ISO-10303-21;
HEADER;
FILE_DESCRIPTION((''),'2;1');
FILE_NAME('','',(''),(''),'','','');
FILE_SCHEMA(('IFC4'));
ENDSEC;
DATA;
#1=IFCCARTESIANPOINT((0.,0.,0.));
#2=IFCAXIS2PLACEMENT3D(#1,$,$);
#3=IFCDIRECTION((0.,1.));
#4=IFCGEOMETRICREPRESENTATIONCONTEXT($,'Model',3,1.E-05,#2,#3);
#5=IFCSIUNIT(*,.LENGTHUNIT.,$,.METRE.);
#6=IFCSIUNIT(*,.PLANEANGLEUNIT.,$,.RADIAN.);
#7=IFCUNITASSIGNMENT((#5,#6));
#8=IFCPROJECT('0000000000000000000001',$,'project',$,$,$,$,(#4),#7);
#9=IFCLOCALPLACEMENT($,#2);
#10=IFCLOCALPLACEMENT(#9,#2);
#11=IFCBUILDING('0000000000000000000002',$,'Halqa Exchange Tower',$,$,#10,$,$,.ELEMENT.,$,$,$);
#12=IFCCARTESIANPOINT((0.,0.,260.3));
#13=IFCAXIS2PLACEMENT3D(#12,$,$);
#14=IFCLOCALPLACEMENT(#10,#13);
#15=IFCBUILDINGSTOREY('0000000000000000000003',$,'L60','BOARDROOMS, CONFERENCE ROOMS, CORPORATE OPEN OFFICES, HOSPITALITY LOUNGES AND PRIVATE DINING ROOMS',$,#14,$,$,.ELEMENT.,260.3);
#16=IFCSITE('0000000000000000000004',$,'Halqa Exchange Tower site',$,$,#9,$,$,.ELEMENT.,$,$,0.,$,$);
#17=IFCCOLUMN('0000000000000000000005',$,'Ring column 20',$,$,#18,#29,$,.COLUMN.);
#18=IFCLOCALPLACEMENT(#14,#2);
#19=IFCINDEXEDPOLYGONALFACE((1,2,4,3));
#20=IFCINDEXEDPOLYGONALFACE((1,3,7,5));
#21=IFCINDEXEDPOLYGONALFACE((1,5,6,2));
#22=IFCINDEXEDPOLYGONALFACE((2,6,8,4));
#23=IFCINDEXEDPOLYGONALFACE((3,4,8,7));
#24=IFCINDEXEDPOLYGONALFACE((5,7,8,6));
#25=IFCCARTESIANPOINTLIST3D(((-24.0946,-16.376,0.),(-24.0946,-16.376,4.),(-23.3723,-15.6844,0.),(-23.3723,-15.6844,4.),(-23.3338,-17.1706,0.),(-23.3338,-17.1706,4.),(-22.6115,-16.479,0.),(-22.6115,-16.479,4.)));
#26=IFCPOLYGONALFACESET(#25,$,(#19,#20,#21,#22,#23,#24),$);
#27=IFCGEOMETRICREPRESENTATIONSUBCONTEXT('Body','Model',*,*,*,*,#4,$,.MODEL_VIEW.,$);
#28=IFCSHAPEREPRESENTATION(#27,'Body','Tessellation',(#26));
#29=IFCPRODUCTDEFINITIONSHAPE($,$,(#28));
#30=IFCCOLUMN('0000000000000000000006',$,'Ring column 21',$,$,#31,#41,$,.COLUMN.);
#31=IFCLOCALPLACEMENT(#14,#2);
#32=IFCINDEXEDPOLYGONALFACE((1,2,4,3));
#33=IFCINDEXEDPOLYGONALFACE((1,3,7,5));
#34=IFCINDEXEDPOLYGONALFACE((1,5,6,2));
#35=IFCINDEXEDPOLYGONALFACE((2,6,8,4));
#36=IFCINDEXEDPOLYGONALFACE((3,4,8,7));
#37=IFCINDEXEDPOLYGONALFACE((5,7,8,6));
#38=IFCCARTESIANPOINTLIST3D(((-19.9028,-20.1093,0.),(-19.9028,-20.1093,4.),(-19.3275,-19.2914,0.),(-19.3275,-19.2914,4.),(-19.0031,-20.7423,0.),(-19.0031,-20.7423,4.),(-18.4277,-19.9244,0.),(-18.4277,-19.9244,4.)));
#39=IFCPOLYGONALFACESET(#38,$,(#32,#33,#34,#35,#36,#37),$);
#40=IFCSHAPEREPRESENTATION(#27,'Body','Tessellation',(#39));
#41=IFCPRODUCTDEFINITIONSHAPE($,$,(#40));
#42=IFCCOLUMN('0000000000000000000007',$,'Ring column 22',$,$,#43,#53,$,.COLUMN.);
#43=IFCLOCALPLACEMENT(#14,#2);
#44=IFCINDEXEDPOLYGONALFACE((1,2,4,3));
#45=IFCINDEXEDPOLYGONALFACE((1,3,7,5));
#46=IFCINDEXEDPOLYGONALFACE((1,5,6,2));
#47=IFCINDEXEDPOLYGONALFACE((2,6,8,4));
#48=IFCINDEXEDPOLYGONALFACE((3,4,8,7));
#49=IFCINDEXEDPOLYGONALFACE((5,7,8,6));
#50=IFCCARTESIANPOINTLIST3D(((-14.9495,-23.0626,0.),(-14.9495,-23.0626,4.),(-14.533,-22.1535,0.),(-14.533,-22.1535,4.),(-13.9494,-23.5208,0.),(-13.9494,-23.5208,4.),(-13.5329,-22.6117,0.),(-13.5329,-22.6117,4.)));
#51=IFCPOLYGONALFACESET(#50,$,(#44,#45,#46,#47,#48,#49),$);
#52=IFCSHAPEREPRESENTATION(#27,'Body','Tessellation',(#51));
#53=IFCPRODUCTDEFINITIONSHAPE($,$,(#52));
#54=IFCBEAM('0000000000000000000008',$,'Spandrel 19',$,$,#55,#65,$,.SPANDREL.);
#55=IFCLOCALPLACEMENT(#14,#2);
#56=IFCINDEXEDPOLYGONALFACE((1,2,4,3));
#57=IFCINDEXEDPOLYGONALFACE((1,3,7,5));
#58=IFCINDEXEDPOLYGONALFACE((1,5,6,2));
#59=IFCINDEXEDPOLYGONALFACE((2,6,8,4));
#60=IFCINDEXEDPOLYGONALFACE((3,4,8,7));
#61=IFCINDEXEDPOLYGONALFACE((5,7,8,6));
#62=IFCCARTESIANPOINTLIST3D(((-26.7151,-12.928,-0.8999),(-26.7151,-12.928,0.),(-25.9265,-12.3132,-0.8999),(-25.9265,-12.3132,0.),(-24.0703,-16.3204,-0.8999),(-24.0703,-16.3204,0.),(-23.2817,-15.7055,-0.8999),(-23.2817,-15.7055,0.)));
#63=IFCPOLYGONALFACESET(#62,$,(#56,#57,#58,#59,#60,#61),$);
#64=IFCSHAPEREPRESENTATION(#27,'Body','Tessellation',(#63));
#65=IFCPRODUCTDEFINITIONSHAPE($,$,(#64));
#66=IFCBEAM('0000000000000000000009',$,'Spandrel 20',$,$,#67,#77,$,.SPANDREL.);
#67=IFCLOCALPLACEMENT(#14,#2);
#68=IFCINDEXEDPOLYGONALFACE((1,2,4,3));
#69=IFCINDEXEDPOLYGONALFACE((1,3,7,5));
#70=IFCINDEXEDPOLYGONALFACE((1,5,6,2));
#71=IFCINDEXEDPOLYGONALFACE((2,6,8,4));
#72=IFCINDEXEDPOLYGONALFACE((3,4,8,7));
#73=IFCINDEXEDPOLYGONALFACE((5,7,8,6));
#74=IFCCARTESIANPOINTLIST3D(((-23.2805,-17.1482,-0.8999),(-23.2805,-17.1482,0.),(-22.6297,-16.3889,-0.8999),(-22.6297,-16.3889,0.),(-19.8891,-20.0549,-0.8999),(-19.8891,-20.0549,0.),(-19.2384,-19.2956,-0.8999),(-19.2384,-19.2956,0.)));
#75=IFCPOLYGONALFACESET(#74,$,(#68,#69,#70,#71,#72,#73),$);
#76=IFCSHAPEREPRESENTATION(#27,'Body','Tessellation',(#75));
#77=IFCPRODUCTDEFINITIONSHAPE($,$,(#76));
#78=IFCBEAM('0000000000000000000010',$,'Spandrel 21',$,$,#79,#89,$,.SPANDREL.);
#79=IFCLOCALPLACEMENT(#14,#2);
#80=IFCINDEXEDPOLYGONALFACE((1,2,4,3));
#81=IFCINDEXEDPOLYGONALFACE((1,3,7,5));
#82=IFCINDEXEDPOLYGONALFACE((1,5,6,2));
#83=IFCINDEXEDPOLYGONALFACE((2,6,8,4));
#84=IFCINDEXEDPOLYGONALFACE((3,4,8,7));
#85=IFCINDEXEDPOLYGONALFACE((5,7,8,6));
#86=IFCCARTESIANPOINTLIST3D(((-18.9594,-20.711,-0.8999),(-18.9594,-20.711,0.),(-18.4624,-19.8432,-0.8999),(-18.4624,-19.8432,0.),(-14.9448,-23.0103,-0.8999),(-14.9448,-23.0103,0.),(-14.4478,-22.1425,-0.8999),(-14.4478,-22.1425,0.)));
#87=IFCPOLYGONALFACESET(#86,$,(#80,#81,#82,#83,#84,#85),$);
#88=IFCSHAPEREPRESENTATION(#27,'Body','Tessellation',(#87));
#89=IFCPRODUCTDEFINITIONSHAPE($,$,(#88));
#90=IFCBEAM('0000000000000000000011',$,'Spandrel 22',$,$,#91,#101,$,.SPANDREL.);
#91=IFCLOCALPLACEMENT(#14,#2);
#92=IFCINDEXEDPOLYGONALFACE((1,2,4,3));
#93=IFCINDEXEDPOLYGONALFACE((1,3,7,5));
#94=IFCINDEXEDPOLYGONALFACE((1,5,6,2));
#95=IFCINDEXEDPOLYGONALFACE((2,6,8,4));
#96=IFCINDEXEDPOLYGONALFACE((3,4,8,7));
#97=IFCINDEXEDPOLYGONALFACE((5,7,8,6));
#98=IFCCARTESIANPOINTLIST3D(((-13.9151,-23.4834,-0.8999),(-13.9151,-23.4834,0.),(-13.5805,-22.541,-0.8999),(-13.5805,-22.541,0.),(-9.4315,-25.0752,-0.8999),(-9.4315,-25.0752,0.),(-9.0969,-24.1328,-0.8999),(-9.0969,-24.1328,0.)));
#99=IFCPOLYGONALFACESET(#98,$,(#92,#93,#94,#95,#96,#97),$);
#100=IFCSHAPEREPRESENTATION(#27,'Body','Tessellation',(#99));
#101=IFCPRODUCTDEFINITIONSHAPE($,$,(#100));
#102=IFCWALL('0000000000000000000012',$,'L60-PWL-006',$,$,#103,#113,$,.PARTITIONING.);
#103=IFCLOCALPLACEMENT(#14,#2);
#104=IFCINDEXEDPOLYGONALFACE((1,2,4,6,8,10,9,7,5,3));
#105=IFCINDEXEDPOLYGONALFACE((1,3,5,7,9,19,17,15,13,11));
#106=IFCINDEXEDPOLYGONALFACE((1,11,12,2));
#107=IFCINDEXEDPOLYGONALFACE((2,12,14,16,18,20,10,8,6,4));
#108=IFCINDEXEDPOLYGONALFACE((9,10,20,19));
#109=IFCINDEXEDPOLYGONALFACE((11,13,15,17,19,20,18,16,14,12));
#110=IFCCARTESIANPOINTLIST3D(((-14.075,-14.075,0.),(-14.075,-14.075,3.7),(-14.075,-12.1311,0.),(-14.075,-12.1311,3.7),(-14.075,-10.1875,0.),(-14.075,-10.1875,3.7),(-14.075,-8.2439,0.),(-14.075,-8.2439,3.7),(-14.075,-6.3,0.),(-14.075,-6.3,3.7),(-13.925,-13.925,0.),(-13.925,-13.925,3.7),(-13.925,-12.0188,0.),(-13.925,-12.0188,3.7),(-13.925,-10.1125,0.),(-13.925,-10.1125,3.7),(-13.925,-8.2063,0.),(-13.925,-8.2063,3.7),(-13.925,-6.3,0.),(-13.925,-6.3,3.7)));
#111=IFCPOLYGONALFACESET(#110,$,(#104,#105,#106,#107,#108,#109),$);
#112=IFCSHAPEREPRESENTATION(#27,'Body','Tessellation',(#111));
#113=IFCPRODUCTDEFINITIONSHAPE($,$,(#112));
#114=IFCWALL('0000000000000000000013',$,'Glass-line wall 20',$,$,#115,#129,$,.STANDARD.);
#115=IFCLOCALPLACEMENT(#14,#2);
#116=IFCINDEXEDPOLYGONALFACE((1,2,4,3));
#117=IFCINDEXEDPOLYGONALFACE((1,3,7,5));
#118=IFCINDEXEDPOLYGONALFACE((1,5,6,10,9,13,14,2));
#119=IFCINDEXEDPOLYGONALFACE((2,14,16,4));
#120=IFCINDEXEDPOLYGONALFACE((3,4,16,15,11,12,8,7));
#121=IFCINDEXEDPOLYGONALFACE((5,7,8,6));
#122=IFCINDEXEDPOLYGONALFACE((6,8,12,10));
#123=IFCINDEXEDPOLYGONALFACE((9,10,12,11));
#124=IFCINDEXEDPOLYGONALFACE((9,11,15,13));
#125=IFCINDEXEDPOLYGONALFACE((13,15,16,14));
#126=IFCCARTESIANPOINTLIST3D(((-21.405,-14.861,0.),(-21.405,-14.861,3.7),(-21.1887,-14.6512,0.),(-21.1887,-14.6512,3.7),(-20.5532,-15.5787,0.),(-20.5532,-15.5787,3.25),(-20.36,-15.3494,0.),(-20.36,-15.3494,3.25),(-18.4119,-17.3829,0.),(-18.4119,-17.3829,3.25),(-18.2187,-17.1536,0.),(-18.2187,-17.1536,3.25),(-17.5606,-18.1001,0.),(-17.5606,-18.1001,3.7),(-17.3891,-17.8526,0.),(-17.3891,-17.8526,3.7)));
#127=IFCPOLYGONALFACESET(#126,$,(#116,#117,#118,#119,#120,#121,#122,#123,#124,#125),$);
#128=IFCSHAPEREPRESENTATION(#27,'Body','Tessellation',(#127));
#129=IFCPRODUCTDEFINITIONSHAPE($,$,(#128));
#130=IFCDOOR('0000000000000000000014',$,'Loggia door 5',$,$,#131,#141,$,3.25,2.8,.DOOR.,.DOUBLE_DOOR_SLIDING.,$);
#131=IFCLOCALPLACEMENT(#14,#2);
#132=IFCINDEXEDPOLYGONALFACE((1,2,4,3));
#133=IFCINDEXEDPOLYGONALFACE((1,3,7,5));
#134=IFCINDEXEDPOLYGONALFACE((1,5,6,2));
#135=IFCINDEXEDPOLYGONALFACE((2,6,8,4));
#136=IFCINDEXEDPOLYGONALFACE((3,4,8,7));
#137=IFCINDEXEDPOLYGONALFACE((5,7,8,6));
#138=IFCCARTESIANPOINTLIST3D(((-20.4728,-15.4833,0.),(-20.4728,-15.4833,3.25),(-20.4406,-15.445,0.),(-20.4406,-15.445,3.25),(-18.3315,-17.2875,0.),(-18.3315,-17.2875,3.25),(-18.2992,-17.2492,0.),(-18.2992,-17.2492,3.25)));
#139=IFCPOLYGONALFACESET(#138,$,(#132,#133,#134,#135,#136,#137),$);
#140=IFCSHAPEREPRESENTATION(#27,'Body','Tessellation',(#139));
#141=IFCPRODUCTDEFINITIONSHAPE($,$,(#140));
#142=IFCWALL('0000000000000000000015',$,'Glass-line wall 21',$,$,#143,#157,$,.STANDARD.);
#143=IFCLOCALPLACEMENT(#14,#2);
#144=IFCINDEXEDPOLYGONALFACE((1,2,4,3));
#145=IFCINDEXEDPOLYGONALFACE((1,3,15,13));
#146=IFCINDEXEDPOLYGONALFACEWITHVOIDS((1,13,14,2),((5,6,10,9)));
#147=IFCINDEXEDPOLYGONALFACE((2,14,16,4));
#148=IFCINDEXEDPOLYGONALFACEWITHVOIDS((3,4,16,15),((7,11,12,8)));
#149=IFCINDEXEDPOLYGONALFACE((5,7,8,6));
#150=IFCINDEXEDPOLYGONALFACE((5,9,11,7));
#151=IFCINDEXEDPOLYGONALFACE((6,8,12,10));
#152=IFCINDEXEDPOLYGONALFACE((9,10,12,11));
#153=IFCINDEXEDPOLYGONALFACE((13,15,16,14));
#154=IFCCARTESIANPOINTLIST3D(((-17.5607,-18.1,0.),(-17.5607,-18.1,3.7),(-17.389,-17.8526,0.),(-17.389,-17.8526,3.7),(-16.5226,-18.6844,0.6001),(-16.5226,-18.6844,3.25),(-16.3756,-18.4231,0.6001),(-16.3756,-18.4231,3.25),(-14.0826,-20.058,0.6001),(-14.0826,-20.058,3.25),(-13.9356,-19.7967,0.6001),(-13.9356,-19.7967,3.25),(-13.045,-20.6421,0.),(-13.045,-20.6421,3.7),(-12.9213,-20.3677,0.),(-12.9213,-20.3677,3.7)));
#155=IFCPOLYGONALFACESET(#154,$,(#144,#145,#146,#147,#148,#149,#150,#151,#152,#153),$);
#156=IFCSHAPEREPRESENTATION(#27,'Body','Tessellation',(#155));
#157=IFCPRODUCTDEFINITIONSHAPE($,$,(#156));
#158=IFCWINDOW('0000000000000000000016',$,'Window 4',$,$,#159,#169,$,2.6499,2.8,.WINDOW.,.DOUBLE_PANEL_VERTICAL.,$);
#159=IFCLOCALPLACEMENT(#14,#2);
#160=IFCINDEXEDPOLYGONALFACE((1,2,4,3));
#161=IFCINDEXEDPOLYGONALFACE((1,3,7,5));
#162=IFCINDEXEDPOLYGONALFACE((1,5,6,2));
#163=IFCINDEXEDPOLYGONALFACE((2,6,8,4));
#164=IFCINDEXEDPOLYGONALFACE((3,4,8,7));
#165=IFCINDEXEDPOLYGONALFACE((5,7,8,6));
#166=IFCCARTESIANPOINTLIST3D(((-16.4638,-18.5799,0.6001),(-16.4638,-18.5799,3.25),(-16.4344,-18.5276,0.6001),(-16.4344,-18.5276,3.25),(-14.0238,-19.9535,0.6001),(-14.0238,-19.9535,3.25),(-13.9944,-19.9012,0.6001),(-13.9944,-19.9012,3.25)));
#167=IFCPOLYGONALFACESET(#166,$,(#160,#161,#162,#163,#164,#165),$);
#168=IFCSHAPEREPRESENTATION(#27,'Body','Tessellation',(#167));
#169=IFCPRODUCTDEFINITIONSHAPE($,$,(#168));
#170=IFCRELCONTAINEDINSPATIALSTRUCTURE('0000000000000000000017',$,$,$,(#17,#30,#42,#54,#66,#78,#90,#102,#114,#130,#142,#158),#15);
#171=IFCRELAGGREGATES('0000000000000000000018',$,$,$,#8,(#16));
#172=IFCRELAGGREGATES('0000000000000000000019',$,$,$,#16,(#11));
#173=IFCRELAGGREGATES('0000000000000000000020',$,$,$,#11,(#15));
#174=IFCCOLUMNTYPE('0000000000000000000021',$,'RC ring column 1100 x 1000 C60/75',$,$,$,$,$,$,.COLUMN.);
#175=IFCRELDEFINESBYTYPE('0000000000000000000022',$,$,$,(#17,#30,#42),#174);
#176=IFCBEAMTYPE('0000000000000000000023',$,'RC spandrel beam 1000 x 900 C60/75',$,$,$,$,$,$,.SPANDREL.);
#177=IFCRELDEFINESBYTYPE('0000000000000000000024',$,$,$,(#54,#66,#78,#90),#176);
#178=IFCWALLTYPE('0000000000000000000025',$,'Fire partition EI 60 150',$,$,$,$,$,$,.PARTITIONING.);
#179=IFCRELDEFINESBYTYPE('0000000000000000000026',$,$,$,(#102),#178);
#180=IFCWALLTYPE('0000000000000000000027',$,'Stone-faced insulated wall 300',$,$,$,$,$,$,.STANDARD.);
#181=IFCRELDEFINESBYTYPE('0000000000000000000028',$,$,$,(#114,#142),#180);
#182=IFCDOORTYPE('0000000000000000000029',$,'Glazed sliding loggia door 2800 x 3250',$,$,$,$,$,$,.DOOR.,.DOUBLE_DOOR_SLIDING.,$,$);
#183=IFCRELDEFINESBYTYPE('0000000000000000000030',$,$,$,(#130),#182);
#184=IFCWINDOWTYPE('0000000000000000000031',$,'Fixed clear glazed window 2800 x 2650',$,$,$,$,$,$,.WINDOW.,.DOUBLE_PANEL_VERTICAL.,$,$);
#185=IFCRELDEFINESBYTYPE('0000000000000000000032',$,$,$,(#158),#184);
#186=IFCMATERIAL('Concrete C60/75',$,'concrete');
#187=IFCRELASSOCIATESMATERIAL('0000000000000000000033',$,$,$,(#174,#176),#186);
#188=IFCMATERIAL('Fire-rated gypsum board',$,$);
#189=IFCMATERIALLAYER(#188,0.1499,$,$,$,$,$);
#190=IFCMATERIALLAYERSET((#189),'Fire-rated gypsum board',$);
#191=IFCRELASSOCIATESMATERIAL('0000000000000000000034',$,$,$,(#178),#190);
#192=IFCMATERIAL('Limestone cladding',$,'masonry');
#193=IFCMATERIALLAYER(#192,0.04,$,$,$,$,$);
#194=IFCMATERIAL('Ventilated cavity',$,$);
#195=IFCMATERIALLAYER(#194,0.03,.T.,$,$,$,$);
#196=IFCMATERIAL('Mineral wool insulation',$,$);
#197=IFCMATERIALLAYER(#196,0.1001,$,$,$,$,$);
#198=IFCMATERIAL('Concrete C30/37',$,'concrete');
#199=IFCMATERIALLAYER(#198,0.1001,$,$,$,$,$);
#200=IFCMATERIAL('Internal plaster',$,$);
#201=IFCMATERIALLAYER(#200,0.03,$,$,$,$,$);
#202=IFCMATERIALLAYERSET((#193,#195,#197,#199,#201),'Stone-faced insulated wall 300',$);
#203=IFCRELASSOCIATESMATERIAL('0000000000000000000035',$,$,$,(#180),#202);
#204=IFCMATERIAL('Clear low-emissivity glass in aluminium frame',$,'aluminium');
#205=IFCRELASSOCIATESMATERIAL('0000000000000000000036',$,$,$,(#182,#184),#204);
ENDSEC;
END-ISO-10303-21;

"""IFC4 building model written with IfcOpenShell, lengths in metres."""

from ifc_helpers import new_model, si_unit, direction, frame, frame_2d, origin, origin_2d, place, context, subcontext, project, spatial, polyline, rectangle, outline, extrude, material, layer, layer_set, material_profile, profile_set, type_object, element, fill, save


model = new_model("IFC4")

# Units and contexts
model_context = context("Model", 3, precision=1e-05, world=origin(), true_north=direction((0.0, 1.0)))
body_context = subcontext(model_context, "Body", "Model", "MODEL_VIEW")
ifc_project = project(units=[si_unit("LENGTHUNIT", "METRE"), si_unit("PLANEANGLEUNIT", "RADIAN")], contexts=[model_context])

# Site, building, storey
site_placement = place(None, origin())
site = spatial("IfcSite", under=ifc_project, at=site_placement, Name="Halqa Exchange Tower site", CompositionType="ELEMENT", RefElevation=0.0)
building_placement = place(site_placement, origin())
building = spatial("IfcBuilding", under=site, at=building_placement, Name="Halqa Exchange Tower", CompositionType="ELEMENT")
storey_placement = place(building_placement, frame((0.0, 0.0, 260.3)))
storey = spatial("IfcBuildingStorey", under=building, at=storey_placement, Name="L60", Description="BOARDROOMS, CONFERENCE ROOMS, CORPORATE OPEN OFFICES, HOSPITALITY LOUNGES AND PRIVATE DINING ROOMS", CompositionType="ELEMENT", Elevation=260.3)

# Columns
ifc_material_1 = material(Name="Concrete C60/75", Category="concrete")
ifc_material_profile_1 = material_profile(ifc_material_1, rectangle(XDim=1.1001, YDim=1.0, at=origin_2d()), Name="1100 x 1000")
ifc_profile_set_1 = profile_set([ifc_material_profile_1], Name="Concrete C60/75")
column_type = type_object("IfcColumnType", Name="RC ring column 1100 x 1000 C60/75", PredefinedType="COLUMN", material=ifc_profile_set_1)
for number, where, z_axis, x_axis, name in (
    (1, (-23.353, -16.4275, 0.0), (0.0, 0.0, 1.0), (0.691579, -0.722301, 0.0), "Ring column 20"),
    (2, (-19.1653, -20.0168, 0.0), (0.0, 0.0, 1.0), (0.817907, -0.575351, 0.0), "Ring column 21"),
    (3, (-14.2412, -22.8372, 0.0), (0.0, 0.0, 1.0), (0.909128, -0.416517, 0.0), "Ring column 22"),
):
    element("IfcColumn", number, at=place(storey_placement, frame(where, z_axis=z_axis, x_axis=x_axis)), inside=storey, type_object=column_type, Name=name, PredefinedType="COLUMN", context=body_context, shape_type="SweptSolid", body=[
        extrude(rectangle(XDim=1.1001, YDim=1.0, at=origin_2d()), origin(), (0.0, 0.0, 1.0), 4.0),
    ])

# Beams
ifc_material_profile_2 = material_profile(ifc_material_1, rectangle(XDim=1.0, YDim=0.8999, at=origin_2d()), Name="1000 x 900")
ifc_profile_set_2 = profile_set([ifc_material_profile_2], Name="Concrete C60/75")
beam_type = type_object("IfcBeamType", Name="RC spandrel beam 1000 x 900 C60/75", PredefinedType="SPANDREL", material=ifc_profile_set_2)
beam_1_placement = place(storey_placement, frame((-26.3208, -12.6206, -0.45), z_axis=(0.614852, -0.788643, 0.0), x_axis=(0.788643, 0.614852, 0.0)))
element("IfcBeam", 4, at=beam_1_placement, inside=storey, type_object=beam_type, Name="Spandrel 19", PredefinedType="SPANDREL", context=body_context, shape_type="SweptSolid", body=[
    extrude(rectangle(XDim=1.0, YDim=0.8999, at=origin_2d()), origin(), (0.0, 0.0, 1.0), 4.3015),
])
beam_2_placement = place(storey_placement, frame((-22.9551, -16.7686, -0.45), z_axis=(0.759272, -0.650773, 0.0), x_axis=(0.650773, 0.759272, 0.0)))
element("IfcBeam", 5, at=beam_2_placement, inside=storey, type_object=beam_type, Name="Spandrel 20", PredefinedType="SPANDREL", context=body_context, shape_type="SweptSolid", body=[
    extrude(rectangle(XDim=1.0, YDim=0.8999, at=origin_2d()), origin(), (0.0, 0.0, 1.0), 4.4666),
])
beam_3_placement = place(storey_placement, frame((-18.7109, -20.2771, -0.45), z_axis=(0.867756, -0.496991, 0.0), x_axis=(0.496991, 0.867756, 0.0)))
element("IfcBeam", 6, at=beam_3_placement, inside=storey, type_object=beam_type, Name="Spandrel 21", PredefinedType="SPANDREL", context=body_context, shape_type="SweptSolid", body=[
    extrude(rectangle(XDim=1.0, YDim=0.8999, at=origin_2d()), origin(), (0.0, 0.0, 1.0), 4.6265),
])
beam_4_placement = place(storey_placement, frame((-13.7478, -23.0122, -0.45), z_axis=(0.942373, -0.334564, 0.0), x_axis=(0.334564, 0.942373, 0.0)))
element("IfcBeam", 7, at=beam_4_placement, inside=storey, type_object=beam_type, Name="Spandrel 22", PredefinedType="SPANDREL", context=body_context, shape_type="SweptSolid", body=[
    extrude(rectangle(XDim=1.0, YDim=0.8999, at=origin_2d()), origin(), (0.0, 0.0, 1.0), 4.7578),
])

# Wall
ifc_material_2 = material(Name="Fire-rated gypsum board")
ifc_layer_1 = layer(ifc_material_2, 0.1499)
ifc_layer_set_1 = layer_set([ifc_layer_1], Name="Fire-rated gypsum board")
wall_type_1 = type_object("IfcWallType", Name="Fire partition EI 60 150", PredefinedType="PARTITIONING", material=ifc_layer_set_1)
wall_1_placement = place(storey_placement, frame((-14.0, -14.075, 0.0), z_axis=(0.0, 0.0, 1.0), x_axis=(0.0, 1.0, 0.0)))
element("IfcWall", 8, at=wall_1_placement, inside=storey, type_object=wall_type_1, Name="L60-PWL-006", PredefinedType="PARTITIONING", context=body_context, shape_type="SweptSolid", body=[
    extrude(outline(polyline([(7.7749, 0.075), (5.8311, 0.075), (3.8875, 0.075), (1.9438, 0.075), (0.0, 0.075), (0.1499, -0.075), (2.0562, -0.075), (3.9624, -0.075), (5.8687, -0.075), (7.7749, -0.075), (7.7749, 0.075)])), origin(), (0.0, 0.0, 1.0), 3.7),
])

# Wall, opening, door
ifc_material_3 = material(Name="Limestone cladding", Category="masonry")
ifc_layer_2 = layer(ifc_material_3, 0.04)
ifc_material_4 = material(Name="Ventilated cavity")
ifc_layer_3 = layer(ifc_material_4, 0.03, ventilated=True)
ifc_material_5 = material(Name="Mineral wool insulation")
ifc_layer_4 = layer(ifc_material_5, 0.1001)
ifc_material_6 = material(Name="Concrete C30/37", Category="concrete")
ifc_layer_5 = layer(ifc_material_6, 0.1001)
ifc_material_7 = material(Name="Internal plaster")
ifc_layer_6 = layer(ifc_material_7, 0.03)
ifc_layer_set_2 = layer_set([ifc_layer_2, ifc_layer_3, ifc_layer_4, ifc_layer_5, ifc_layer_6], Name="Stone-faced insulated wall 300")
wall_type_2 = type_object("IfcWallType", Name="Stone-faced insulated wall 300", PredefinedType="STANDARD", material=ifc_layer_set_2)
wall_2_placement = place(storey_placement, frame((-21.2969, -14.7561, 0.0), z_axis=(0.0, 0.0, 1.0), x_axis=(0.764746, -0.644331, 0.0)))
wall_2 = element("IfcWall", 9, at=wall_2_placement, inside=storey, type_object=wall_type_2, Name="Glass-line wall 20", PredefinedType="STANDARD", context=body_context, shape_type="SweptSolid", body=[
    extrude(outline(polyline([(-0.0151, -0.1499), (5.012, -0.1499), (4.9836, 0.1499), (0.0151, 0.1499), (-0.0151, -0.1499)])), origin(), (0.0, 0.0, 1.0), 3.7),
])
opening_1_placement = place(wall_2_placement, frame((1.0989, 0.0, 0.0)))
opening_1 = element("IfcOpeningElement", 10, at=opening_1_placement, cuts=wall_2, PredefinedType="OPENING", context=body_context, shape_type="SweptSolid", body=[
    extrude(rectangle(XDim=2.8, YDim=3.25, at=frame_2d((1.3999, 1.625))), frame((0.0, 0.1621, 0.0), z_axis=(0.0, -1.0, 0.0), x_axis=(1.0, 0.0, 0.0)), (0.0, 0.0, 1.0), 0.324),
])
ifc_material_8 = material(Name="Clear low-emissivity glass in aluminium frame", Category="aluminium")
door_type_1 = type_object("IfcDoorType", Name="Glazed sliding loggia door 2800 x 3250", OperationType="DOUBLE_DOOR_SLIDING", PredefinedType="DOOR", material=ifc_material_8)
door_1_placement = place(opening_1_placement, origin())
door_1 = element("IfcDoor", 11, at=door_1_placement, inside=storey, type_object=door_type_1, Name="Loggia door 5", OperationType="DOUBLE_DOOR_SLIDING", OverallHeight=3.25, OverallWidth=2.8, PredefinedType="DOOR", context=body_context, shape_type="SweptSolid", body=[
    extrude(rectangle(XDim=2.8, YDim=3.25, at=frame_2d((1.3999, 1.625))), frame((0.0, 0.0249, 0.0), z_axis=(0.0, -1.0, 0.0), x_axis=(1.0, 0.0, 0.0)), (0.0, 0.0, 1.0), 0.05),
])
fill(opening_1, door_1)

# Wall, opening, window
wall_3_placement = place(storey_placement, frame((-17.4749, -17.9763, 0.0), z_axis=(0.0, 0.0, 1.0), x_axis=(0.871411, -0.490554, 0.0)))
wall_3 = element("IfcWall", 12, at=wall_3_placement, inside=storey, type_object=wall_type_2, Name="Glass-line wall 21", PredefinedType="STANDARD", context=body_context, shape_type="SweptSolid", body=[
    extrude(outline(polyline([(-0.0142, -0.1499), (5.168, -0.1499), (5.1411, 0.1499), (0.0142, 0.1499), (-0.0142, -0.1499)])), origin(), (0.0, 0.0, 1.0), 3.7),
])
opening_2_placement = place(wall_3_placement, frame((1.1772, 0.0, 0.6001)))
opening_2 = element("IfcOpeningElement", 13, at=opening_2_placement, cuts=wall_3, PredefinedType="OPENING", context=body_context, shape_type="SweptSolid", body=[
    extrude(rectangle(XDim=2.8, YDim=2.6499, at=frame_2d((1.3999, 1.325))), frame((0.0, 0.1621, 0.0), z_axis=(0.0, -1.0, 0.0), x_axis=(1.0, 0.0, 0.0)), (0.0, 0.0, 1.0), 0.324),
])
window_type = type_object("IfcWindowType", Name="Fixed clear glazed window 2800 x 2650", PartitioningType="DOUBLE_PANEL_VERTICAL", PredefinedType="WINDOW", material=ifc_material_8)
window_1_placement = place(opening_2_placement, origin())
window_1 = element("IfcWindow", 14, at=window_1_placement, inside=storey, type_object=window_type, Name="Window 4", OverallHeight=2.6499, OverallWidth=2.8, PartitioningType="DOUBLE_PANEL_VERTICAL", PredefinedType="WINDOW", context=body_context, shape_type="SweptSolid", body=[
    extrude(rectangle(XDim=2.8, YDim=2.6499, at=frame_2d((1.3999, 1.325))), frame((0.0, 0.03, 0.0), z_axis=(0.0, -1.0, 0.0), x_axis=(1.0, 0.0, 0.0)), (0.0, 0.0, 1.0), 0.0601),
])
fill(opening_2, window_1)

save(model, "model.ifc")
